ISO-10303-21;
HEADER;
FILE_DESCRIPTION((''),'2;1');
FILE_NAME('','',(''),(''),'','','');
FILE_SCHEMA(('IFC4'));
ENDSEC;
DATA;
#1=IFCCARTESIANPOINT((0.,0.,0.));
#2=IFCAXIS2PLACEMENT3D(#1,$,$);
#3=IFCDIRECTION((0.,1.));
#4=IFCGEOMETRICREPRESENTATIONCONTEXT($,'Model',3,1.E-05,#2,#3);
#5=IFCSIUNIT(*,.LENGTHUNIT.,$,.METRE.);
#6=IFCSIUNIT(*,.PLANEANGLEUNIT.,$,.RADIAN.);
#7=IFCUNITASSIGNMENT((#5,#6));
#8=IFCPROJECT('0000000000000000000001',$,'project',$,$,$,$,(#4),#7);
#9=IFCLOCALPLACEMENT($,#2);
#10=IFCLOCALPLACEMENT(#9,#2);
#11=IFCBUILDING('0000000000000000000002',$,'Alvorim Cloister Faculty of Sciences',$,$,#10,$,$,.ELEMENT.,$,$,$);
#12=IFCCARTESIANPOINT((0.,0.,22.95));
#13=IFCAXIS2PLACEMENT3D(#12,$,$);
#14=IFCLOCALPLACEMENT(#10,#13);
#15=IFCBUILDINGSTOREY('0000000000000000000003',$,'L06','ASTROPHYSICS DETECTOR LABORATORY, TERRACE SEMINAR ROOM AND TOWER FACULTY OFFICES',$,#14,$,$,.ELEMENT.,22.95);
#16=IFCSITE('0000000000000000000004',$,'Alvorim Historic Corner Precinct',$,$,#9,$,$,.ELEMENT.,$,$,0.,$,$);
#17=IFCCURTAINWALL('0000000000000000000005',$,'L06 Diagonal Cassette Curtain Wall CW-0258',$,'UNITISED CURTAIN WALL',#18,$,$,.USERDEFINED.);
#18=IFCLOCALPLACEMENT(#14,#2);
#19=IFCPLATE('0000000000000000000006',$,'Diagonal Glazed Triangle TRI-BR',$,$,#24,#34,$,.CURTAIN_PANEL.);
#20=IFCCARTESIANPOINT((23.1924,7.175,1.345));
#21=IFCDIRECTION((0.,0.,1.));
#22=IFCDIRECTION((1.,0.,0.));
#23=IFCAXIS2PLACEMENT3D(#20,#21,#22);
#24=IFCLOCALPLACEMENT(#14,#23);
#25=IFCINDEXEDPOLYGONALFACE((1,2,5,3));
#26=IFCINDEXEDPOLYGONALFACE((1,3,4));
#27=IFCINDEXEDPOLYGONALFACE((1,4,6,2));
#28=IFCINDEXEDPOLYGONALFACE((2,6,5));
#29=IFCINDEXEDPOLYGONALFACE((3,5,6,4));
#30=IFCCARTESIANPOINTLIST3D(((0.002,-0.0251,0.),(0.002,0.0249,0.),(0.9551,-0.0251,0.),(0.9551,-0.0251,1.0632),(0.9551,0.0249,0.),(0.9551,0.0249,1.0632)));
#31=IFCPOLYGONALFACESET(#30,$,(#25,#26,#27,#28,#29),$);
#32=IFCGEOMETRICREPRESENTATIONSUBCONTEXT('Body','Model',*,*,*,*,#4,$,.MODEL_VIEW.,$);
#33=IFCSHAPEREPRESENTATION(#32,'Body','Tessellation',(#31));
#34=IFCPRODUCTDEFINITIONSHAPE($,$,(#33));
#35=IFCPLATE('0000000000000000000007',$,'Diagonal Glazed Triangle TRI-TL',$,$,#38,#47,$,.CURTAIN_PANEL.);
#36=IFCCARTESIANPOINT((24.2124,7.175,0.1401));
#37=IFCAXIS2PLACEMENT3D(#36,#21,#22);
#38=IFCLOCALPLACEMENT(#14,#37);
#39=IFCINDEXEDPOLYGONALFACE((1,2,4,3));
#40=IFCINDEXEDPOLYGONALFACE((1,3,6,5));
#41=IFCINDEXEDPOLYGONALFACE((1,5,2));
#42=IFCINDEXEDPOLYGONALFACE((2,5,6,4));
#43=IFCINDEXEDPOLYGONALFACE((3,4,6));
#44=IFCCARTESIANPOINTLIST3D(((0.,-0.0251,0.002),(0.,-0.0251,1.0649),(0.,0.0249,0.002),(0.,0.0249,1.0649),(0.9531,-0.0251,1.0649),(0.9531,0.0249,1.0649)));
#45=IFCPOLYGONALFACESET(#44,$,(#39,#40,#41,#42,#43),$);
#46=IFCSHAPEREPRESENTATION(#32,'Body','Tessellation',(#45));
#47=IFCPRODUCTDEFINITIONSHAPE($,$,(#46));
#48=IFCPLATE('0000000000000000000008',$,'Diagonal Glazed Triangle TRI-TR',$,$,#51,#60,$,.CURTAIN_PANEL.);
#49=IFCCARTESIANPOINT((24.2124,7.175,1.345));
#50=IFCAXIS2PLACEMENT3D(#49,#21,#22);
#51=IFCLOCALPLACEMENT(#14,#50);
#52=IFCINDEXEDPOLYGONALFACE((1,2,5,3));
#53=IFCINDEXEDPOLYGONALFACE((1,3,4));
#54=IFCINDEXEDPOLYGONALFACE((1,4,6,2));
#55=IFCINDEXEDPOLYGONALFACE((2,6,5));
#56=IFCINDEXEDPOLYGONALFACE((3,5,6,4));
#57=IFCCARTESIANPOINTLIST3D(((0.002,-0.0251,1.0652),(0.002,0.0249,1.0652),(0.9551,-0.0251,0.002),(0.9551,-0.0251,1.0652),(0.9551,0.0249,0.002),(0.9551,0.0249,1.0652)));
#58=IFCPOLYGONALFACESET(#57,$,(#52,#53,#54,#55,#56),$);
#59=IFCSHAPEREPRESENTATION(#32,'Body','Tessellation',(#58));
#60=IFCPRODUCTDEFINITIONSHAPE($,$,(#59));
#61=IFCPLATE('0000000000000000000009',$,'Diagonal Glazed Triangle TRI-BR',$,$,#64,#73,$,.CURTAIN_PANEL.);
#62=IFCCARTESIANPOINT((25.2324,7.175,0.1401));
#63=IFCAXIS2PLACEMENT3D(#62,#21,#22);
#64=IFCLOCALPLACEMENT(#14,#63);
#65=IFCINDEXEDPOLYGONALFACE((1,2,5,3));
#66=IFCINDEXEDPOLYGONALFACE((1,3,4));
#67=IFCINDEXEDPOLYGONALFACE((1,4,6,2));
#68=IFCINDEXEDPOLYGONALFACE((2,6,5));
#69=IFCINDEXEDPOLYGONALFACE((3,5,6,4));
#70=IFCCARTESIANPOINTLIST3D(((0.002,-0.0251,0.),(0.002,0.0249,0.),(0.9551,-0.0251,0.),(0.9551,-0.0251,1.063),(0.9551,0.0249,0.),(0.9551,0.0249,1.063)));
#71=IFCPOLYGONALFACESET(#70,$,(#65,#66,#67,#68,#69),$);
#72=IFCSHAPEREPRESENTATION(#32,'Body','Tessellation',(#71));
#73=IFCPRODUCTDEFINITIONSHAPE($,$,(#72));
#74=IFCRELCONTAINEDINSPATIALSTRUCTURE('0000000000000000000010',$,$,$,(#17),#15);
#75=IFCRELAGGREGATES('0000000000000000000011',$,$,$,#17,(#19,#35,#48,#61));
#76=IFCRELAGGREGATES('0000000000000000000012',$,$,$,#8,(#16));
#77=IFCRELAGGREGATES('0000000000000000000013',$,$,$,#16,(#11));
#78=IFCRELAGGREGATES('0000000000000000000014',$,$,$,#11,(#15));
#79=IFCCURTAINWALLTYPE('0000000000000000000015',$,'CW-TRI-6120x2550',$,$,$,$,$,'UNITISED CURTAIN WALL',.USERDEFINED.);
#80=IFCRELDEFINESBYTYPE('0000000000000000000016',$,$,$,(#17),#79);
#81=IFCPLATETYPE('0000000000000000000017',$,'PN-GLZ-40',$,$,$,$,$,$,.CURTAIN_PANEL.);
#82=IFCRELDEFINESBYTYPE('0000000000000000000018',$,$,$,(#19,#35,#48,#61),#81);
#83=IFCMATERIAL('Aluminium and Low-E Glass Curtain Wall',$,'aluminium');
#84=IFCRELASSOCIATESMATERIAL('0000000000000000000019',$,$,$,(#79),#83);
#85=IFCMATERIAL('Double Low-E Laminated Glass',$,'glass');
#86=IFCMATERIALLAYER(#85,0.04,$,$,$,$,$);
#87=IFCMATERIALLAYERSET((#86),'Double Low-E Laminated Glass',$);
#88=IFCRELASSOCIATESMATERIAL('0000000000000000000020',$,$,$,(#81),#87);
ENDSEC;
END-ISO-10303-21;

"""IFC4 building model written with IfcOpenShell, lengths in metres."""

from ifc_helpers import new_model, si_unit, direction, frame, origin, place, context, subcontext, project, spatial, polyline, outline, extrude, material, layer, layer_set, type_object, element, aggregate, save


model = new_model("IFC4")

# Units and contexts
model_context = context("Model", 3, precision=1e-05, world=origin(), true_north=direction((0.0, 1.0)))
body_context = subcontext(model_context, "Body", "Model", "MODEL_VIEW")
ifc_project = project(units=[si_unit("LENGTHUNIT", "METRE"), si_unit("PLANEANGLEUNIT", "RADIAN")], contexts=[model_context])

# Site, building, storey
site_placement = place(None, origin())
site = spatial("IfcSite", under=ifc_project, at=site_placement, Name="Alvorim Historic Corner Precinct", CompositionType="ELEMENT", RefElevation=0.0)
building_placement = place(site_placement, origin())
building = spatial("IfcBuilding", under=site, at=building_placement, Name="Alvorim Cloister Faculty of Sciences", CompositionType="ELEMENT")
storey_placement = place(building_placement, frame((0.0, 0.0, 22.95)))
storey = spatial("IfcBuildingStorey", under=building, at=storey_placement, Name="L06", Description="ASTROPHYSICS DETECTOR LABORATORY, TERRACE SEMINAR ROOM AND TOWER FACULTY OFFICES", CompositionType="ELEMENT", Elevation=22.95)

# Curtain wall, plates
ifc_material_1 = material(Name="Aluminium and Low-E Glass Curtain Wall", Category="aluminium")
curtain_wall_type = type_object("IfcCurtainWallType", Name="CW-TRI-6120x2550", ElementType="UNITISED CURTAIN WALL", PredefinedType="USERDEFINED", material=ifc_material_1)
curtain_wall_placement = place(storey_placement, origin())
curtain_wall = element("IfcCurtainWall", 1, at=curtain_wall_placement, inside=storey, type_object=curtain_wall_type, Name="L06 Diagonal Cassette Curtain Wall CW-0258", ObjectType="UNITISED CURTAIN WALL", PredefinedType="USERDEFINED")
ifc_material_2 = material(Name="Double Low-E Laminated Glass", Category="glass")
ifc_layer = layer(ifc_material_2, 0.04)
ifc_layer_set = layer_set([ifc_layer], Name="Double Low-E Laminated Glass")
plate_type = type_object("IfcPlateType", Name="PN-GLZ-40", PredefinedType="CURTAIN_PANEL", material=ifc_layer_set)
plate_1_placement = place(storey_placement, frame((23.1924, 7.175, 1.345), z_axis=(0.0, 0.0, 1.0), x_axis=(1.0, 0.0, 0.0)))
plate_1 = element("IfcPlate", 2, at=plate_1_placement, type_object=plate_type, Name="Diagonal Glazed Triangle TRI-BR", PredefinedType="CURTAIN_PANEL", context=body_context, shape_type="SweptSolid", body=[
    extrude(outline(polyline([(0.002, 0.0), (0.9551, 0.0), (0.9551, 1.0632), (0.002, 0.0)])), frame((0.0, 0.0249, 0.0), z_axis=(0.0, -1.0, 0.0), x_axis=(1.0, 0.0, 0.0)), (0.0, 0.0, 1.0), 0.05),
])
plate_2_placement = place(storey_placement, frame((24.2124, 7.175, 0.1401), z_axis=(0.0, 0.0, 1.0), x_axis=(1.0, 0.0, 0.0)))
plate_2 = element("IfcPlate", 3, at=plate_2_placement, type_object=plate_type, Name="Diagonal Glazed Triangle TRI-TL", PredefinedType="CURTAIN_PANEL", context=body_context, shape_type="SweptSolid", body=[
    extrude(outline(polyline([(0.9531, 1.0649), (0.0, 1.0649), (0.0, 0.002), (0.9531, 1.0649)])), frame((0.0, 0.0249, 0.0), z_axis=(0.0, -1.0, 0.0), x_axis=(1.0, 0.0, 0.0)), (0.0, 0.0, 1.0), 0.05),
])
plate_3_placement = place(storey_placement, frame((24.2124, 7.175, 1.345), z_axis=(0.0, 0.0, 1.0), x_axis=(1.0, 0.0, 0.0)))
plate_3 = element("IfcPlate", 4, at=plate_3_placement, type_object=plate_type, Name="Diagonal Glazed Triangle TRI-TR", PredefinedType="CURTAIN_PANEL", context=body_context, shape_type="SweptSolid", body=[
    extrude(outline(polyline([(0.9551, 0.002), (0.9551, 1.0652), (0.002, 1.0652), (0.9551, 0.002)])), frame((0.0, 0.0249, 0.0), z_axis=(0.0, -1.0, 0.0), x_axis=(1.0, 0.0, 0.0)), (0.0, 0.0, 1.0), 0.05),
])
plate_4_placement = place(storey_placement, frame((25.2324, 7.175, 0.1401), z_axis=(0.0, 0.0, 1.0), x_axis=(1.0, 0.0, 0.0)))
plate_4 = element("IfcPlate", 5, at=plate_4_placement, type_object=plate_type, Name="Diagonal Glazed Triangle TRI-BR", PredefinedType="CURTAIN_PANEL", context=body_context, shape_type="SweptSolid", body=[
    extrude(outline(polyline([(0.002, 0.0), (0.9551, 0.0), (0.9551, 1.063), (0.002, 0.0)])), frame((0.0, 0.0249, 0.0), z_axis=(0.0, -1.0, 0.0), x_axis=(1.0, 0.0, 0.0)), (0.0, 0.0, 1.0), 0.05),
])
aggregate(curtain_wall, [plate_1, plate_2, plate_3, plate_4])

save(model, "model.ifc")
